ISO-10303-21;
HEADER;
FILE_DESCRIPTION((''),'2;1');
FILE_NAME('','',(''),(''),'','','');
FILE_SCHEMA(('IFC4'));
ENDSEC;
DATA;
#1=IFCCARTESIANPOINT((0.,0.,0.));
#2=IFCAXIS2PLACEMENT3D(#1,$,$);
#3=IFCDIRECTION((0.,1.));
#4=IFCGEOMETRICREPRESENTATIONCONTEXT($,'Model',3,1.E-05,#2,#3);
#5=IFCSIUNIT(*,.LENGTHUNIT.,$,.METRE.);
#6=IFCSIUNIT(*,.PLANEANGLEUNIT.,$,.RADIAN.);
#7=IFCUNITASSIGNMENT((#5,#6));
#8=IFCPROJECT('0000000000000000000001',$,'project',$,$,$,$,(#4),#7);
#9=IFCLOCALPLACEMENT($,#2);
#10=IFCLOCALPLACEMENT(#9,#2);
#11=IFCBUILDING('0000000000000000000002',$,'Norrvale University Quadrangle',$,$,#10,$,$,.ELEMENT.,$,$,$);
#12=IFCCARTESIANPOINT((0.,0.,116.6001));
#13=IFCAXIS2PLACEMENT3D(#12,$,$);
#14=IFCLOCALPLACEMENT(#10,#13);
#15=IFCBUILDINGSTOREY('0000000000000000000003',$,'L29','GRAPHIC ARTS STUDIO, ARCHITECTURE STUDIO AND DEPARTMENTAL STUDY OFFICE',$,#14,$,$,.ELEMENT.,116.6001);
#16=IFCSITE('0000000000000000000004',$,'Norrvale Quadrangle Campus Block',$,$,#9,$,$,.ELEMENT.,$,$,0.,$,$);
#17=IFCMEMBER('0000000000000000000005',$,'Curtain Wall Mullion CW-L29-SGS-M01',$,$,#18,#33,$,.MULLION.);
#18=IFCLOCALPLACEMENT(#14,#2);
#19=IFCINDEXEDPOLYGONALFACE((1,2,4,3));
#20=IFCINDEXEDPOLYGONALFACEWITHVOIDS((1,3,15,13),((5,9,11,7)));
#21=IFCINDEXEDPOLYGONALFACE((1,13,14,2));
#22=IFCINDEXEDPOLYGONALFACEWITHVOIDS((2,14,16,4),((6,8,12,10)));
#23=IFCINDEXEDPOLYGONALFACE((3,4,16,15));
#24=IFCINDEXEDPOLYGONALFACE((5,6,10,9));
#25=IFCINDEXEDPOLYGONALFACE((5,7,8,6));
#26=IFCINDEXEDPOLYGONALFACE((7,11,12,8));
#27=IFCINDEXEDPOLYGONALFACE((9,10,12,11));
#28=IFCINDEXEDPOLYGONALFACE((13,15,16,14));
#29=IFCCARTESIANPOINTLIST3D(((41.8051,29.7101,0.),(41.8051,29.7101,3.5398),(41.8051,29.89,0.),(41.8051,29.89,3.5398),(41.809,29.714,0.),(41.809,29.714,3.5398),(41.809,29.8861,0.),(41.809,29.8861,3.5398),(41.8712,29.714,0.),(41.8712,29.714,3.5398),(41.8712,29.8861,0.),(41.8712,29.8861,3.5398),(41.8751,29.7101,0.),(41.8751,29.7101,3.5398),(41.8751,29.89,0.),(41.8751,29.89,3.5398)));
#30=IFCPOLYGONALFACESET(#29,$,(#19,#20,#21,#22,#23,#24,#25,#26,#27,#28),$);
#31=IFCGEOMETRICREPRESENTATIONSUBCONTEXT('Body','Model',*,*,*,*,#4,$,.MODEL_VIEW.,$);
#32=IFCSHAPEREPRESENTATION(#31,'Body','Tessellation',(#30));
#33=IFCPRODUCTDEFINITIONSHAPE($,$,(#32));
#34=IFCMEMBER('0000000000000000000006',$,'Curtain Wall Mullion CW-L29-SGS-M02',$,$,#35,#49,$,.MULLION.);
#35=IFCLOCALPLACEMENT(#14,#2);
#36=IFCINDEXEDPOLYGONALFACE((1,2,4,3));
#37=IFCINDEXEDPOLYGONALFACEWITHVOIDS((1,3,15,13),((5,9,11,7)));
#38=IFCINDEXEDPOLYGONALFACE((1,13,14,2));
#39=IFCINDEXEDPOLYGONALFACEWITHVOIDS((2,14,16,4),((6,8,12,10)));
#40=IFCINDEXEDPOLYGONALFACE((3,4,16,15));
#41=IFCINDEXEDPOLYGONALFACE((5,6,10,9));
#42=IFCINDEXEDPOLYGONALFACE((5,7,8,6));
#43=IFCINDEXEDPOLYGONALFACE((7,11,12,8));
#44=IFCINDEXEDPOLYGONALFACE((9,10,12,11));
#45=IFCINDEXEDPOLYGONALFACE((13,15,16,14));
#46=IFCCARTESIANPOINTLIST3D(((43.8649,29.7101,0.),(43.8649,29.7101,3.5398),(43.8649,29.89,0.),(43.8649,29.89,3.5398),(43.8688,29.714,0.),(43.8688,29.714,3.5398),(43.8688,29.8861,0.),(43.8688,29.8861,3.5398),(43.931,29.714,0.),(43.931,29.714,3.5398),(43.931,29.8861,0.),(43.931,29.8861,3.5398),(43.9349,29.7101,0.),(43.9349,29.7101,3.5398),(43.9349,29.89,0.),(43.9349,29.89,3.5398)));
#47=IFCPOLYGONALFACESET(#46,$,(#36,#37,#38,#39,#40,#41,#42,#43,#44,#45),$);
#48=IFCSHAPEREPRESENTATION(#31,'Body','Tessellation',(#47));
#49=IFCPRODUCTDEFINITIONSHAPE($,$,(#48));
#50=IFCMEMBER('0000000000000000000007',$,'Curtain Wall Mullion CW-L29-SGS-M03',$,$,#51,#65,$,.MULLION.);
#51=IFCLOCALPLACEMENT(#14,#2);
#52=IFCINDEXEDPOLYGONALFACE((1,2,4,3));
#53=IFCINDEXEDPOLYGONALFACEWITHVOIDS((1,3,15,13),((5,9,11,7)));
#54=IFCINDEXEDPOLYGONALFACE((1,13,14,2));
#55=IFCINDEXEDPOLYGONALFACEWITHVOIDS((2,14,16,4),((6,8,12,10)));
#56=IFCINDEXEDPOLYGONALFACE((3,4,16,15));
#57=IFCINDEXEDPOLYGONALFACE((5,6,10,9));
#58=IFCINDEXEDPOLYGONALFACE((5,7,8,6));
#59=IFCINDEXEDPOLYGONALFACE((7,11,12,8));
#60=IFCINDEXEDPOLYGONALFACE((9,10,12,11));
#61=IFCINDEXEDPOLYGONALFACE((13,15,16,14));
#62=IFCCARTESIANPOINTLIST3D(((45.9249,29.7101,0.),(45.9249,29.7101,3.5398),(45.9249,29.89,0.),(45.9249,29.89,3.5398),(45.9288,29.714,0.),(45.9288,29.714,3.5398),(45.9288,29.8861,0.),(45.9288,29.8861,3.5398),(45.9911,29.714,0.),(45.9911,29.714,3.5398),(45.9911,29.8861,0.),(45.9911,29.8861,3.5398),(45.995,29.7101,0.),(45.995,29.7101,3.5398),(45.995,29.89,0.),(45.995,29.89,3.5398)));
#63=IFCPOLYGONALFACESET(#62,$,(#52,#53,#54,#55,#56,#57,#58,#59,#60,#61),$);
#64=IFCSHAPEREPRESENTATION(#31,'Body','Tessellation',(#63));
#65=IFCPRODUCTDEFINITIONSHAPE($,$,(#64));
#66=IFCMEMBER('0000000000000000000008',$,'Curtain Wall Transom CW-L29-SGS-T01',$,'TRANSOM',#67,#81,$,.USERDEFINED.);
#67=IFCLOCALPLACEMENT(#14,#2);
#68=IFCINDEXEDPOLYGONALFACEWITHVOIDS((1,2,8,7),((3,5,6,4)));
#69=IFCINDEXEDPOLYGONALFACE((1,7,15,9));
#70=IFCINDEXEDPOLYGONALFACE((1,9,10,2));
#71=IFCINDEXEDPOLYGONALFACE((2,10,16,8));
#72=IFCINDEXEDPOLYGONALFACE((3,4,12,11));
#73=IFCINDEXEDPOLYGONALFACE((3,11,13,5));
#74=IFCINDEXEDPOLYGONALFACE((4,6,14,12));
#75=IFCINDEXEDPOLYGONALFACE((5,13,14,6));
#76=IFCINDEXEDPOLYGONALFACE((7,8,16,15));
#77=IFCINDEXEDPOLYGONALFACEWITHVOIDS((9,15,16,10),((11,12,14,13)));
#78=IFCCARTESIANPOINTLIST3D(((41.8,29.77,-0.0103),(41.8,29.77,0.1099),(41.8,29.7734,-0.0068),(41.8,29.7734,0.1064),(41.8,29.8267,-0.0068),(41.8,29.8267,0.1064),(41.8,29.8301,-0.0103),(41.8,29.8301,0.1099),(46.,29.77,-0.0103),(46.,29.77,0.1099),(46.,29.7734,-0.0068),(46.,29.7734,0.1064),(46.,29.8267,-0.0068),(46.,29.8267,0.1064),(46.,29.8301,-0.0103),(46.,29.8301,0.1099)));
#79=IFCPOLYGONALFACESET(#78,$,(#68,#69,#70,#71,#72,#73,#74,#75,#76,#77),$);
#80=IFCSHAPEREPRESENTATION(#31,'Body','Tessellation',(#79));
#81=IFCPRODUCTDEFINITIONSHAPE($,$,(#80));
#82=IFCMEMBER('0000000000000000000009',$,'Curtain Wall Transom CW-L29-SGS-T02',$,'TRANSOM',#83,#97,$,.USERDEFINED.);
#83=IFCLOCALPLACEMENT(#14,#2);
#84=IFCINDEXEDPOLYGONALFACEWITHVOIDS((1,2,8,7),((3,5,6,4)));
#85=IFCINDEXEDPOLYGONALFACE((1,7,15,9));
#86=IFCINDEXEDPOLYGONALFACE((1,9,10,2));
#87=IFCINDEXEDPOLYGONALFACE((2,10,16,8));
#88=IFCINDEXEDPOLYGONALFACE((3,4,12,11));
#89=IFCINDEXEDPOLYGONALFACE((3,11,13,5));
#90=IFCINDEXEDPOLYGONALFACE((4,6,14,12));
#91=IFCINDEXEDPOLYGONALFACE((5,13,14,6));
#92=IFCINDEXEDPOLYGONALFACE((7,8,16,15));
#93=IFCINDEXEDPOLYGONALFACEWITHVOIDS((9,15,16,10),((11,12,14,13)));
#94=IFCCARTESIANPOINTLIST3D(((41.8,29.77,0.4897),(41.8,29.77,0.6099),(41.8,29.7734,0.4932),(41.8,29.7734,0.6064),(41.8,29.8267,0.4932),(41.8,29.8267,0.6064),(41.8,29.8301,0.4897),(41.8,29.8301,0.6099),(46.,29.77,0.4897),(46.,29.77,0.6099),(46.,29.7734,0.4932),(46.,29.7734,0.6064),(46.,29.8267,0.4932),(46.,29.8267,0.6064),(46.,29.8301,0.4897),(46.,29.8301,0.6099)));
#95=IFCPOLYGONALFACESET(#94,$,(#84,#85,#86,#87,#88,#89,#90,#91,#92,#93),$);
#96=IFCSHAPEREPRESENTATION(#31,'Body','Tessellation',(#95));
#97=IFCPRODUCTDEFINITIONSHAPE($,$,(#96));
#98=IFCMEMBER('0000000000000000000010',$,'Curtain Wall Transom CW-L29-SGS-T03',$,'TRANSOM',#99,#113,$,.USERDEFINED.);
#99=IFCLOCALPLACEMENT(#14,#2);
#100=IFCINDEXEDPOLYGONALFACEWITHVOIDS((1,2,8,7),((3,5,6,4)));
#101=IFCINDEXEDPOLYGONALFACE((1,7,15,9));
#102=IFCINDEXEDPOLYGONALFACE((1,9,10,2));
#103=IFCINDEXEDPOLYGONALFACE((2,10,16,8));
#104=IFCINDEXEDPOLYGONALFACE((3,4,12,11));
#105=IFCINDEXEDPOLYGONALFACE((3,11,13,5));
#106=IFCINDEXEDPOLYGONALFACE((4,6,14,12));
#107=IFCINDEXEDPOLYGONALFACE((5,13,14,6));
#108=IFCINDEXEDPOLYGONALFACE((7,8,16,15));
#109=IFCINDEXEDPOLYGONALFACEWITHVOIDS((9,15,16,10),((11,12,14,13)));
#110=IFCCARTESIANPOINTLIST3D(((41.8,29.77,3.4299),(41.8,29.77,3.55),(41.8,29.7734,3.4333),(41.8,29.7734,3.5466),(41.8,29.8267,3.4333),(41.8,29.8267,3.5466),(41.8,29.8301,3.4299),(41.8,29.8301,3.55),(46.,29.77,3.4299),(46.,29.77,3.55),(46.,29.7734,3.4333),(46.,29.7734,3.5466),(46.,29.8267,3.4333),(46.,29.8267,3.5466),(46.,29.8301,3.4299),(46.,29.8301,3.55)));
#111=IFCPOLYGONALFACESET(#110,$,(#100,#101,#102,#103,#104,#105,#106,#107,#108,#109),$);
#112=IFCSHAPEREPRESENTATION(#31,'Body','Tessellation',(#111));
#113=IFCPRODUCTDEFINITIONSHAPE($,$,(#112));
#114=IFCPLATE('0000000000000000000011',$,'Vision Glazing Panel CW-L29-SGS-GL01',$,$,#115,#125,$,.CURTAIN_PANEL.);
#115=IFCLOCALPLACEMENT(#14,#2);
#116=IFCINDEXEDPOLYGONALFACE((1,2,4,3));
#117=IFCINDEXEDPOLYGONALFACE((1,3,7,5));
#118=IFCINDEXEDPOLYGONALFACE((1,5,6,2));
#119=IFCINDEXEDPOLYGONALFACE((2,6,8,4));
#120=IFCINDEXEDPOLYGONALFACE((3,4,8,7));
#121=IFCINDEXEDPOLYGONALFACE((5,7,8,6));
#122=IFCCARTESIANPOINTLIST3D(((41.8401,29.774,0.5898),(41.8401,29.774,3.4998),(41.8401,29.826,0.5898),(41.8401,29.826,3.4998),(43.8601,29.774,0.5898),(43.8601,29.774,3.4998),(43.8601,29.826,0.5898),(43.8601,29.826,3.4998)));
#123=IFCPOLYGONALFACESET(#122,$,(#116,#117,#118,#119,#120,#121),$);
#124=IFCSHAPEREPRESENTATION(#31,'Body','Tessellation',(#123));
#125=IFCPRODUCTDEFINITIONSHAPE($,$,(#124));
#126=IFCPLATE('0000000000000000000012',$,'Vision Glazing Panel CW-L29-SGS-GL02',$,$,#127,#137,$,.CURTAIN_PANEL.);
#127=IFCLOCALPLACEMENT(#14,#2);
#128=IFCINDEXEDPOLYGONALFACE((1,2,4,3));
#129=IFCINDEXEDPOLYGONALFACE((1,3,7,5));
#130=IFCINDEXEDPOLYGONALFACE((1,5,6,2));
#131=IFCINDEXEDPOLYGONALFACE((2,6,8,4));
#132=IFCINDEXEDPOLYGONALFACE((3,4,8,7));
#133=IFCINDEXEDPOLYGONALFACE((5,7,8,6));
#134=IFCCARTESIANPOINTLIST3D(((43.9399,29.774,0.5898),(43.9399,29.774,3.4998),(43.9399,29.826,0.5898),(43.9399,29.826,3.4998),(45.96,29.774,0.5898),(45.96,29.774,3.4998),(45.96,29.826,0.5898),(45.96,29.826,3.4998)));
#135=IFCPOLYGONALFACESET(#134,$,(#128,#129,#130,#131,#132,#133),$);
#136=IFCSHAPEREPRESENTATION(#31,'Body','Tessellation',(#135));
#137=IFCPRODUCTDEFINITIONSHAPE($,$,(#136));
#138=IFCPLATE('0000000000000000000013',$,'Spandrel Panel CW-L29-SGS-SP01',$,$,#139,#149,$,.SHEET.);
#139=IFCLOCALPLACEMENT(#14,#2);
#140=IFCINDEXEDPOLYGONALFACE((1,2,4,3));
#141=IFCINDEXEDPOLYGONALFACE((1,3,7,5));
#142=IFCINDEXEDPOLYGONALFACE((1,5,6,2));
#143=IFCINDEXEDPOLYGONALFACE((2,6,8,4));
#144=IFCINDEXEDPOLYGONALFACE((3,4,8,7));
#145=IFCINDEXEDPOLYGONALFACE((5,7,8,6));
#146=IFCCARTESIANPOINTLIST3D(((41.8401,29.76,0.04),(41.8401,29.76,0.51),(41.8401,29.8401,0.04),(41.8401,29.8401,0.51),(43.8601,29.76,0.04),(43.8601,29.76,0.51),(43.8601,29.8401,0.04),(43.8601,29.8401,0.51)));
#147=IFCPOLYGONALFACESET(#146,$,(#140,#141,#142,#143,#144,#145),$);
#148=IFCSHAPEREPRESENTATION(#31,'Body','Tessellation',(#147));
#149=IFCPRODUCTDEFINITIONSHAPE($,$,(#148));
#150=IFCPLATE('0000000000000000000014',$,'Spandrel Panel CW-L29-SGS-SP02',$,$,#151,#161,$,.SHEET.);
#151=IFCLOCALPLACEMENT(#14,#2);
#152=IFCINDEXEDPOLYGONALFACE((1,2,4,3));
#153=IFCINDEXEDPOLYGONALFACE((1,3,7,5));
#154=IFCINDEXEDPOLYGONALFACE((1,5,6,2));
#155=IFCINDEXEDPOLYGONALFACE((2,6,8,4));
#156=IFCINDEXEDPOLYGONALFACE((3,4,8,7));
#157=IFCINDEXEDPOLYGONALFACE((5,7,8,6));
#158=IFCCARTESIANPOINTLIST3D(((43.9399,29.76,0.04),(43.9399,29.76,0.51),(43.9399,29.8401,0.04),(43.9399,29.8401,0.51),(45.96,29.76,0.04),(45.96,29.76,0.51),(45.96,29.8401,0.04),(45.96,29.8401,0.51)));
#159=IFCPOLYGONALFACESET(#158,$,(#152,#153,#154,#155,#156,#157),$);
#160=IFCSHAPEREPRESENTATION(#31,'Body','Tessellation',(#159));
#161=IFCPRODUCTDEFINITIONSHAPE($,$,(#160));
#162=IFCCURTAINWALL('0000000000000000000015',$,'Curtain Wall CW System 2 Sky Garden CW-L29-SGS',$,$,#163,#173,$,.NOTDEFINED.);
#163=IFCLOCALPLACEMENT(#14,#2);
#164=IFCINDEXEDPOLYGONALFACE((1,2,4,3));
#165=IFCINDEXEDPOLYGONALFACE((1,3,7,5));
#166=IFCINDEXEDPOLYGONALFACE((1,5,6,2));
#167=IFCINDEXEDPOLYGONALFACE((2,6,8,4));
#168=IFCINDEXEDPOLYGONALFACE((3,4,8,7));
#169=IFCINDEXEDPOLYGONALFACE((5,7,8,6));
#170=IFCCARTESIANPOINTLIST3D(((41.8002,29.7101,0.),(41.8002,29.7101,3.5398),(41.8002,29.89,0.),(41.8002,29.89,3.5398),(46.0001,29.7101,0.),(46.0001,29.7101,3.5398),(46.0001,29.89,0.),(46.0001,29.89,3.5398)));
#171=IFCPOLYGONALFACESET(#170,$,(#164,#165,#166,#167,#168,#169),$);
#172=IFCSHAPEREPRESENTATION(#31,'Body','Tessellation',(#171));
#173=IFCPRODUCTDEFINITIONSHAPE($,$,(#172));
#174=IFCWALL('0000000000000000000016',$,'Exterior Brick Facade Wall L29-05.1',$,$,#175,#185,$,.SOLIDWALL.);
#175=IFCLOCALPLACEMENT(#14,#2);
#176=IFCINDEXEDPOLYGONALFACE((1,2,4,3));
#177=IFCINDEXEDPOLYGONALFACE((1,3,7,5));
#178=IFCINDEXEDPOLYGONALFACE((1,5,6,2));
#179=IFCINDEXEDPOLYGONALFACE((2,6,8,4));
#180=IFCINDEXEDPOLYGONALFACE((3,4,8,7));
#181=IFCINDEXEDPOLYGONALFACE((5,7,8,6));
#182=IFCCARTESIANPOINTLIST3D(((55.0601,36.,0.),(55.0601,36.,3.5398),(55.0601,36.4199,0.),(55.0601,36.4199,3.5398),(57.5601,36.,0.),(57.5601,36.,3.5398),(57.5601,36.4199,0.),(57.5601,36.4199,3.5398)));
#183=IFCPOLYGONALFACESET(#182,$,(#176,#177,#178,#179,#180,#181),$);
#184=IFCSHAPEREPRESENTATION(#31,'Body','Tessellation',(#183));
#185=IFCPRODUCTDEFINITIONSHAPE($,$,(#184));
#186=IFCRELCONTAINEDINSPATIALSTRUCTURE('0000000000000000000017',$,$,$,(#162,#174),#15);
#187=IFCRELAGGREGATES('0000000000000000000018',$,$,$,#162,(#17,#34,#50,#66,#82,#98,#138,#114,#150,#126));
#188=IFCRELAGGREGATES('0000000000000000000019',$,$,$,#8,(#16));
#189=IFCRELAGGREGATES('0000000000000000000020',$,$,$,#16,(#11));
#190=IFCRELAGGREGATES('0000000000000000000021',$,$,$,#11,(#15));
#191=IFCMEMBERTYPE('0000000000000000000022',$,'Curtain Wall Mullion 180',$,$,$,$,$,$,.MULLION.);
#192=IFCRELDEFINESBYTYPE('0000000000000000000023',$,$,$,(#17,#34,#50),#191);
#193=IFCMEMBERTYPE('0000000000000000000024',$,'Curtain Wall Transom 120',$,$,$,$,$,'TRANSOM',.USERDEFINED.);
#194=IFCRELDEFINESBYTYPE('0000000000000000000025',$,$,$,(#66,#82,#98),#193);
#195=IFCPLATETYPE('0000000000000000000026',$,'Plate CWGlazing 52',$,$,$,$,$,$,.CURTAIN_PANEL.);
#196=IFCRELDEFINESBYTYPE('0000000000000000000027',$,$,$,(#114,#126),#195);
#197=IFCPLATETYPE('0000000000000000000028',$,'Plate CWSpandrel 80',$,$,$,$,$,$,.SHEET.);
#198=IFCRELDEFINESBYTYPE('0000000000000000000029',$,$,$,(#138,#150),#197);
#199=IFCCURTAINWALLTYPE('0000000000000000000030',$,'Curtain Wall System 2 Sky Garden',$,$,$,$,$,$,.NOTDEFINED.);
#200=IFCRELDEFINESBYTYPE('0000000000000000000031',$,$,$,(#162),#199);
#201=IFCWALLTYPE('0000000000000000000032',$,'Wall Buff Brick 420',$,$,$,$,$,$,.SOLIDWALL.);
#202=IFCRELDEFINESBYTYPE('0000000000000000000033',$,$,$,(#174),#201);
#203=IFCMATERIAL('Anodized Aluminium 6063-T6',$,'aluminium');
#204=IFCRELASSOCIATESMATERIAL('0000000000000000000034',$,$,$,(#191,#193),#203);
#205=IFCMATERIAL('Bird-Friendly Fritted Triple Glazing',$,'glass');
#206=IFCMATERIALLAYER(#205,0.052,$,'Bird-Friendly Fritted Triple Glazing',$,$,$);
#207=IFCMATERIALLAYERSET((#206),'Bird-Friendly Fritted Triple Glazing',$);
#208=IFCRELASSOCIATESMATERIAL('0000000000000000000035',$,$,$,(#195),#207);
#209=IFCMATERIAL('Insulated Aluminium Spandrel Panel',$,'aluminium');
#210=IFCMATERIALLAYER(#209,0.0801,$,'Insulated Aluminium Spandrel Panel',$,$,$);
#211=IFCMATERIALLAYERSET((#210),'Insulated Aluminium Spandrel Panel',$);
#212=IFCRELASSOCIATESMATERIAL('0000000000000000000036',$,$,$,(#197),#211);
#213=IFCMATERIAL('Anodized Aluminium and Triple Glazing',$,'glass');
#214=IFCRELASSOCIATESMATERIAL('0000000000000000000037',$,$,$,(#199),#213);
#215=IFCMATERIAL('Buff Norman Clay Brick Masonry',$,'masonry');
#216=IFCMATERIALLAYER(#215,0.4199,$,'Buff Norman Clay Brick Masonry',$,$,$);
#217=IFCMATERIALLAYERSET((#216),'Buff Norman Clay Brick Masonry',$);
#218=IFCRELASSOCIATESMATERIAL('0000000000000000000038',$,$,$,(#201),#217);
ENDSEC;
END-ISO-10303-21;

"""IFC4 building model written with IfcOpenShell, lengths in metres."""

from ifc_helpers import new_model, si_unit, direction, frame, frame_2d, origin, origin_2d, place, context, subcontext, project, spatial, rectangle, hollow_rectangle, extrude, material, layer, layer_set, material_profile, profile_set, type_object, element, aggregate, save


model = new_model("IFC4")

# Units and contexts
model_context = context("Model", 3, precision=1e-05, world=origin(), true_north=direction((0.0, 1.0)))
body_context = subcontext(model_context, "Body", "Model", "MODEL_VIEW")
ifc_project = project(units=[si_unit("LENGTHUNIT", "METRE"), si_unit("PLANEANGLEUNIT", "RADIAN")], contexts=[model_context])

# Site, building, storey
site_placement = place(None, origin())
site = spatial("IfcSite", under=ifc_project, at=site_placement, Name="Norrvale Quadrangle Campus Block", CompositionType="ELEMENT", RefElevation=0.0)
building_placement = place(site_placement, origin())
building = spatial("IfcBuilding", under=site, at=building_placement, Name="Norrvale University Quadrangle", CompositionType="ELEMENT")
storey_placement = place(building_placement, frame((0.0, 0.0, 116.6001)))
storey = spatial("IfcBuildingStorey", under=building, at=storey_placement, Name="L29", Description="GRAPHIC ARTS STUDIO, ARCHITECTURE STUDIO AND DEPARTMENTAL STUDY OFFICE", CompositionType="ELEMENT", Elevation=116.6001)

# Members
ifc_material_1 = material(Name="Anodized Aluminium 6063-T6", Category="aluminium")
ifc_material_profile_1 = material_profile(ifc_material_1, hollow_rectangle(XDim=0.0701, YDim=0.1799, WallThickness=0.0039, at=origin_2d()), Name="Anodized Aluminium 6063-T6")
ifc_profile_set_1 = profile_set([ifc_material_profile_1], Name="Anodized Aluminium 6063-T6")
member_type_1 = type_object("IfcMemberType", Name="Curtain Wall Mullion 180", PredefinedType="MULLION", material=ifc_profile_set_1)
member_1_placement = place(storey_placement, frame((41.8401, 29.8, 0.0), z_axis=(0.0, 0.0, 1.0), x_axis=(1.0, 0.0, 0.0)))
member_1 = element("IfcMember", 1, at=member_1_placement, type_object=member_type_1, Name="Curtain Wall Mullion CW-L29-SGS-M01", PredefinedType="MULLION", context=body_context, shape_type="SweptSolid", body=[
    extrude(hollow_rectangle(XDim=0.0701, YDim=0.1799, WallThickness=0.0039, at=origin_2d()), origin(), (0.0, 0.0, 1.0), 3.5398),
])
member_2_placement = place(storey_placement, frame((43.8999, 29.8, 0.0), z_axis=(0.0, 0.0, 1.0), x_axis=(1.0, 0.0, 0.0)))
member_2 = element("IfcMember", 2, at=member_2_placement, type_object=member_type_1, Name="Curtain Wall Mullion CW-L29-SGS-M02", PredefinedType="MULLION", context=body_context, shape_type="SweptSolid", body=[
    extrude(hollow_rectangle(XDim=0.0701, YDim=0.1799, WallThickness=0.0039, at=origin_2d()), origin(), (0.0, 0.0, 1.0), 3.5398),
])
member_3_placement = place(storey_placement, frame((45.96, 29.8, 0.0), z_axis=(0.0, 0.0, 1.0), x_axis=(1.0, 0.0, 0.0)))
member_3 = element("IfcMember", 3, at=member_3_placement, type_object=member_type_1, Name="Curtain Wall Mullion CW-L29-SGS-M03", PredefinedType="MULLION", context=body_context, shape_type="SweptSolid", body=[
    extrude(hollow_rectangle(XDim=0.0701, YDim=0.1799, WallThickness=0.0039, at=origin_2d()), origin(), (0.0, 0.0, 1.0), 3.5398),
])
ifc_material_profile_2 = material_profile(ifc_material_1, hollow_rectangle(XDim=0.0601, YDim=0.1201, WallThickness=0.0034, at=origin_2d()), Name="Anodized Aluminium 6063-T6")
ifc_profile_set_2 = profile_set([ifc_material_profile_2], Name="Anodized Aluminium 6063-T6")
member_type_2 = type_object("IfcMemberType", Name="Curtain Wall Transom 120", ElementType="TRANSOM", PredefinedType="USERDEFINED", material=ifc_profile_set_2)
member_4_placement = place(storey_placement, frame((41.8, 29.8, 0.0498), z_axis=(1.0, 0.0, 0.0), x_axis=(0.0, 1.0, 0.0)))
member_4 = element("IfcMember", 4, at=member_4_placement, type_object=member_type_2, Name="Curtain Wall Transom CW-L29-SGS-T01", ObjectType="TRANSOM", PredefinedType="USERDEFINED", context=body_context, shape_type="SweptSolid", body=[
    extrude(hollow_rectangle(XDim=0.0601, YDim=0.1201, WallThickness=0.0034, at=origin_2d()), origin(), (0.0, 0.0, 1.0), 4.2),
])
member_5_placement = place(storey_placement, frame((41.8, 29.8, 0.5498), z_axis=(1.0, 0.0, 0.0), x_axis=(0.0, 1.0, 0.0)))
member_5 = element("IfcMember", 5, at=member_5_placement, type_object=member_type_2, Name="Curtain Wall Transom CW-L29-SGS-T02", ObjectType="TRANSOM", PredefinedType="USERDEFINED", context=body_context, shape_type="SweptSolid", body=[
    extrude(hollow_rectangle(XDim=0.0601, YDim=0.1201, WallThickness=0.0034, at=origin_2d()), origin(), (0.0, 0.0, 1.0), 4.2),
])
member_6_placement = place(storey_placement, frame((41.8, 29.8, 3.49), z_axis=(1.0, 0.0, 0.0), x_axis=(0.0, 1.0, 0.0)))
member_6 = element("IfcMember", 6, at=member_6_placement, type_object=member_type_2, Name="Curtain Wall Transom CW-L29-SGS-T03", ObjectType="TRANSOM", PredefinedType="USERDEFINED", context=body_context, shape_type="SweptSolid", body=[
    extrude(hollow_rectangle(XDim=0.0601, YDim=0.1201, WallThickness=0.0034, at=origin_2d()), origin(), (0.0, 0.0, 1.0), 4.2),
])

# Plates
ifc_material_2 = material(Name="Bird-Friendly Fritted Triple Glazing", Category="glass")
ifc_layer_1 = layer(ifc_material_2, 0.052, Name="Bird-Friendly Fritted Triple Glazing")
ifc_layer_set_1 = layer_set([ifc_layer_1], Name="Bird-Friendly Fritted Triple Glazing")
plate_type_1 = type_object("IfcPlateType", Name="Plate CWGlazing 52", PredefinedType="CURTAIN_PANEL", material=ifc_layer_set_1)
plate_1_placement = place(storey_placement, frame((42.8501, 29.8, 0.5898), z_axis=(0.0, 0.0, 1.0), x_axis=(1.0, 0.0, 0.0)))
plate_1 = element("IfcPlate", 7, at=plate_1_placement, type_object=plate_type_1, Name="Vision Glazing Panel CW-L29-SGS-GL01", PredefinedType="CURTAIN_PANEL", context=body_context, shape_type="SweptSolid", body=[
    extrude(rectangle(XDim=2.02, YDim=0.052, at=origin_2d()), origin(), (0.0, 0.0, 1.0), 2.9099),
])
plate_2_placement = place(storey_placement, frame((44.95, 29.8, 0.5898), z_axis=(0.0, 0.0, 1.0), x_axis=(1.0, 0.0, 0.0)))
plate_2 = element("IfcPlate", 8, at=plate_2_placement, type_object=plate_type_1, Name="Vision Glazing Panel CW-L29-SGS-GL02", PredefinedType="CURTAIN_PANEL", context=body_context, shape_type="SweptSolid", body=[
    extrude(rectangle(XDim=2.02, YDim=0.052, at=origin_2d()), origin(), (0.0, 0.0, 1.0), 2.9099),
])
ifc_material_3 = material(Name="Insulated Aluminium Spandrel Panel", Category="aluminium")
ifc_layer_2 = layer(ifc_material_3, 0.0801, Name="Insulated Aluminium Spandrel Panel")
ifc_layer_set_2 = layer_set([ifc_layer_2], Name="Insulated Aluminium Spandrel Panel")
plate_type_2 = type_object("IfcPlateType", Name="Plate CWSpandrel 80", PredefinedType="SHEET", material=ifc_layer_set_2)
plate_3_placement = place(storey_placement, frame((42.8501, 29.8, 0.04), z_axis=(0.0, 0.0, 1.0), x_axis=(1.0, 0.0, 0.0)))
plate_3 = element("IfcPlate", 9, at=plate_3_placement, type_object=plate_type_2, Name="Spandrel Panel CW-L29-SGS-SP01", PredefinedType="SHEET", context=body_context, shape_type="SweptSolid", body=[
    extrude(rectangle(XDim=2.02, YDim=0.0801, at=origin_2d()), origin(), (0.0, 0.0, 1.0), 0.47),
])
plate_4_placement = place(storey_placement, frame((44.95, 29.8, 0.04), z_axis=(0.0, 0.0, 1.0), x_axis=(1.0, 0.0, 0.0)))
plate_4 = element("IfcPlate", 10, at=plate_4_placement, type_object=plate_type_2, Name="Spandrel Panel CW-L29-SGS-SP02", PredefinedType="SHEET", context=body_context, shape_type="SweptSolid", body=[
    extrude(rectangle(XDim=2.02, YDim=0.0801, at=origin_2d()), origin(), (0.0, 0.0, 1.0), 0.47),
])

# Curtain wall
ifc_material_4 = material(Name="Anodized Aluminium and Triple Glazing", Category="glass")
curtain_wall_type = type_object("IfcCurtainWallType", Name="Curtain Wall System 2 Sky Garden", PredefinedType="NOTDEFINED", material=ifc_material_4)
curtain_wall_1_placement = place(storey_placement, frame((41.8, 29.8, 0.0), z_axis=(0.0, 0.0, 1.0), x_axis=(1.0, 0.0, 0.0)))
curtain_wall_1 = element("IfcCurtainWall", 11, at=curtain_wall_1_placement, inside=storey, type_object=curtain_wall_type, Name="Curtain Wall CW System 2 Sky Garden CW-L29-SGS", PredefinedType="NOTDEFINED", context=body_context, shape_type="SweptSolid", body=[
    extrude(rectangle(XDim=4.2, YDim=0.1799, at=frame_2d((2.1001, 0.0))), origin(), (0.0, 0.0, 1.0), 3.5398),
])
aggregate(curtain_wall_1, [member_1, member_2, member_3, member_4, member_5, member_6, plate_3, plate_1, plate_4, plate_2])

# Wall
ifc_material_5 = material(Name="Buff Norman Clay Brick Masonry", Category="masonry")
ifc_layer_3 = layer(ifc_material_5, 0.4199, Name="Buff Norman Clay Brick Masonry")
ifc_layer_set_3 = layer_set([ifc_layer_3], Name="Buff Norman Clay Brick Masonry")
wall_type = type_object("IfcWallType", Name="Wall Buff Brick 420", PredefinedType="SOLIDWALL", material=ifc_layer_set_3)
for number, where, z_axis, x_axis, name in (
    (12, (57.5601, 36.21, 0.0), (0.0, 0.0, 1.0), (-1.0, 0.0, 0.0), "Exterior Brick Facade Wall L29-05.1"),
):
    element("IfcWall", number, at=place(storey_placement, frame(where, z_axis=z_axis, x_axis=x_axis)), inside=storey, type_object=wall_type, Name=name, PredefinedType="SOLIDWALL", context=body_context, shape_type="SweptSolid", body=[
        extrude(rectangle(XDim=2.5, YDim=0.4199, at=frame_2d((1.25, 0.0))), origin(), (0.0, 0.0, 1.0), 3.5398),
    ])

save(model, "model.ifc")
